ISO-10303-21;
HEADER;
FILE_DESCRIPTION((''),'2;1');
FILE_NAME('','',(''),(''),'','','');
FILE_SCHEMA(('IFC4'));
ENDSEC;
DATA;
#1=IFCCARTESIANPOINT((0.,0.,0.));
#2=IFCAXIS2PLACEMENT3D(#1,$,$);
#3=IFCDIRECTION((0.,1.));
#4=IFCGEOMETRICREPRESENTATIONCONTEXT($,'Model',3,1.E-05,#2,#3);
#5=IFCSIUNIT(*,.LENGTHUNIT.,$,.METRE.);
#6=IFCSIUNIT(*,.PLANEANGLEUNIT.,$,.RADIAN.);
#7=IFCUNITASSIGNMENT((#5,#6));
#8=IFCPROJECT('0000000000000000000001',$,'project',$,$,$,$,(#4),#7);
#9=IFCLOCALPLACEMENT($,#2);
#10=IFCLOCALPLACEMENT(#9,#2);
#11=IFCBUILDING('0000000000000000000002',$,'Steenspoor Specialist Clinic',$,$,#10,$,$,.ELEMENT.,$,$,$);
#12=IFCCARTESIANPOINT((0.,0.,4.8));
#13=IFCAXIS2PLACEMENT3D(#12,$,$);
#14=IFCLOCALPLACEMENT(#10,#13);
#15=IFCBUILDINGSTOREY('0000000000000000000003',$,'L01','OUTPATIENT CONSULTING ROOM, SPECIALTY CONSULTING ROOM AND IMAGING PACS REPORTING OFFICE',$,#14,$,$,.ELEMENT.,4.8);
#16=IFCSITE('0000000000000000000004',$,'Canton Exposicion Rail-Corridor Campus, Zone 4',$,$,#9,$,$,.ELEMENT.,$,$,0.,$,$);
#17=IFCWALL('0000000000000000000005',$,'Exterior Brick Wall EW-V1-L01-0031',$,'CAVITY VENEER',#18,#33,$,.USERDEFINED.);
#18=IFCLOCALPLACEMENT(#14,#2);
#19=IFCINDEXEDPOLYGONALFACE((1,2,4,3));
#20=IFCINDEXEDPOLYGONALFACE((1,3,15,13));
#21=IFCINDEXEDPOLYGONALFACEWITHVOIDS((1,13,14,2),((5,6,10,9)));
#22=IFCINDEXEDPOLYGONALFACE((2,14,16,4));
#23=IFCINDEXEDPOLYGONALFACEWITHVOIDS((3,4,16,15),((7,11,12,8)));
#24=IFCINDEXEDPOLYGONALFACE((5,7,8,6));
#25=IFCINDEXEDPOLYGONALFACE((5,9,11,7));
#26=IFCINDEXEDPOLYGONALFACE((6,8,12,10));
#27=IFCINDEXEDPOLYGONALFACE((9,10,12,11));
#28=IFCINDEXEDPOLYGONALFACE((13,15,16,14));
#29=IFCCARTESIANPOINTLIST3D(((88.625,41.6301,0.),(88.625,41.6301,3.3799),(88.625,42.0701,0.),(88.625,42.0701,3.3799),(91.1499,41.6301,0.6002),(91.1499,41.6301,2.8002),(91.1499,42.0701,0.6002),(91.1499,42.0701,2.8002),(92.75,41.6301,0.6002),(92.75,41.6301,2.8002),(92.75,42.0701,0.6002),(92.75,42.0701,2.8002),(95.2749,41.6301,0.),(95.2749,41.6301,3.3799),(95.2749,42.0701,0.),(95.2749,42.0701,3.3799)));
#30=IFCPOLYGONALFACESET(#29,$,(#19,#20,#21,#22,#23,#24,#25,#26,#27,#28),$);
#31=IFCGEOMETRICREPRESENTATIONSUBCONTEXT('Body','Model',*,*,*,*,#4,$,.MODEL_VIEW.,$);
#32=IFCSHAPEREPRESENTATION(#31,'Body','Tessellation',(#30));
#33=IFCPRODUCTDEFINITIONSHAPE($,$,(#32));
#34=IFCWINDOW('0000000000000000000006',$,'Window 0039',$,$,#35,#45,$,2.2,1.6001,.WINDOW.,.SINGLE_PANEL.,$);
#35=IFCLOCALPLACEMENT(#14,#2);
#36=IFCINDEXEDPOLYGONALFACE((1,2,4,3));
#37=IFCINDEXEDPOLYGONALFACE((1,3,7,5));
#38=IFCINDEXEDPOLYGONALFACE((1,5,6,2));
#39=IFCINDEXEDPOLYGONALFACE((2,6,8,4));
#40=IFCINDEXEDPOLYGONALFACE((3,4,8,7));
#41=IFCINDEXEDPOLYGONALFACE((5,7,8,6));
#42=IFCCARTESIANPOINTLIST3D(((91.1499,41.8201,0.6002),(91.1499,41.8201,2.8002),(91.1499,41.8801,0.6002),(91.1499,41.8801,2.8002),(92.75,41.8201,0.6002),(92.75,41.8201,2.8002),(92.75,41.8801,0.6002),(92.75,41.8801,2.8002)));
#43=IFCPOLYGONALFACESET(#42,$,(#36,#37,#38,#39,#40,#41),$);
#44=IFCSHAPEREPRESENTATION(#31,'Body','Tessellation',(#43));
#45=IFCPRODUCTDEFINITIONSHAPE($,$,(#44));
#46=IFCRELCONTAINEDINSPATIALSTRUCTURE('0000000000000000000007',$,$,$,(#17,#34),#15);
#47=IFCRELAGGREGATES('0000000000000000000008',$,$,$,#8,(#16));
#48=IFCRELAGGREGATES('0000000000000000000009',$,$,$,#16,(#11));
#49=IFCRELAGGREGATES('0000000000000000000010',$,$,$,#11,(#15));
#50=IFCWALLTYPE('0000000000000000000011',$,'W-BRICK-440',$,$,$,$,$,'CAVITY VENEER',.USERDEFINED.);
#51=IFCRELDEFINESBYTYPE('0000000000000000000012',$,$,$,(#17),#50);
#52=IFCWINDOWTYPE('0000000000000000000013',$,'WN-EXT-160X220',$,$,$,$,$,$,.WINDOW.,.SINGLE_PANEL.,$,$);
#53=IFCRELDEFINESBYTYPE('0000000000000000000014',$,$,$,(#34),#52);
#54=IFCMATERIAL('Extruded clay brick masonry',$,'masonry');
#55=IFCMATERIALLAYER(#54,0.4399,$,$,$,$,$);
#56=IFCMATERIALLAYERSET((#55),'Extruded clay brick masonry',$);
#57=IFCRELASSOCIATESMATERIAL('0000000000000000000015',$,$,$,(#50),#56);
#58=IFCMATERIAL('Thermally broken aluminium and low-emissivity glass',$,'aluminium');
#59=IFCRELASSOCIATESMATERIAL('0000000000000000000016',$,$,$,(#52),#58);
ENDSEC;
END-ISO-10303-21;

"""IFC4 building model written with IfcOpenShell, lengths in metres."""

from ifc_helpers import new_model, si_unit, direction, frame, frame_2d, origin, place, context, subcontext, project, spatial, rectangle, extrude, material, layer, layer_set, type_object, element, fill, save


model = new_model("IFC4")

# Units and contexts
model_context = context("Model", 3, precision=1e-05, world=origin(), true_north=direction((0.0, 1.0)))
body_context = subcontext(model_context, "Body", "Model", "MODEL_VIEW")
ifc_project = project(units=[si_unit("LENGTHUNIT", "METRE"), si_unit("PLANEANGLEUNIT", "RADIAN")], contexts=[model_context])

# Site, building, storey
site_placement = place(None, origin())
site = spatial("IfcSite", under=ifc_project, at=site_placement, Name="Canton Exposicion Rail-Corridor Campus, Zone 4", CompositionType="ELEMENT", RefElevation=0.0)
building_placement = place(site_placement, origin())
building = spatial("IfcBuilding", under=site, at=building_placement, Name="Steenspoor Specialist Clinic", CompositionType="ELEMENT")
storey_placement = place(building_placement, frame((0.0, 0.0, 4.8)))
storey = spatial("IfcBuildingStorey", under=building, at=storey_placement, Name="L01", Description="OUTPATIENT CONSULTING ROOM, SPECIALTY CONSULTING ROOM AND IMAGING PACS REPORTING OFFICE", CompositionType="ELEMENT", Elevation=4.8)

# Shared definitions
ifc_material_1 = material(Name="Thermally broken aluminium and low-emissivity glass", Category="aluminium")

# Wall, opening, window
ifc_material_2 = material(Name="Extruded clay brick masonry", Category="masonry")
ifc_layer_1 = layer(ifc_material_2, 0.4399)
ifc_layer_set_1 = layer_set([ifc_layer_1], Name="Extruded clay brick masonry")
wall_type = type_object("IfcWallType", Name="W-BRICK-440", ElementType="CAVITY VENEER", PredefinedType="USERDEFINED", material=ifc_layer_set_1)
wall_placement = place(storey_placement, frame((88.625, 41.8501, 0.0), z_axis=(0.0, 0.0, 1.0), x_axis=(1.0, 0.0, 0.0)))
wall = element("IfcWall", 1, at=wall_placement, inside=storey, type_object=wall_type, Name="Exterior Brick Wall EW-V1-L01-0031", ObjectType="CAVITY VENEER", PredefinedType="USERDEFINED", context=body_context, shape_type="SweptSolid", body=[
    extrude(rectangle(XDim=6.6499, YDim=0.4399, at=frame_2d((3.325, 0.0))), origin(), (0.0, 0.0, 1.0), 3.3799),
])
opening_placement = place(wall_placement, frame((2.5249, 0.0, 0.6001)))
opening = element("IfcOpeningElement", 2, at=opening_placement, cuts=wall, PredefinedType="OPENING", context=body_context, shape_type="SweptSolid", body=[
    extrude(rectangle(XDim=1.6001, YDim=2.2, at=frame_2d((0.8, 1.1001))), frame((0.0, 0.23, 0.0), z_axis=(0.0, -1.0, 0.0), x_axis=(1.0, 0.0, 0.0)), (0.0, 0.0, 1.0), 0.46),
])
window_type = type_object("IfcWindowType", Name="WN-EXT-160X220", PartitioningType="SINGLE_PANEL", PredefinedType="WINDOW", material=ifc_material_1)
window_placement = place(opening_placement, origin())
window = element("IfcWindow", 3, at=window_placement, inside=storey, type_object=window_type, Name="Window 0039", OverallHeight=2.2, OverallWidth=1.6001, PartitioningType="SINGLE_PANEL", PredefinedType="WINDOW", context=body_context, shape_type="SweptSolid", body=[
    extrude(rectangle(XDim=1.6001, YDim=2.2, at=frame_2d((0.8, 1.1001))), frame((0.0, 0.03, 0.0), z_axis=(0.0, -1.0, 0.0), x_axis=(1.0, 0.0, 0.0)), (0.0, 0.0, 1.0), 0.0601),
])
fill(opening, window)

save(model, "model.ifc")
